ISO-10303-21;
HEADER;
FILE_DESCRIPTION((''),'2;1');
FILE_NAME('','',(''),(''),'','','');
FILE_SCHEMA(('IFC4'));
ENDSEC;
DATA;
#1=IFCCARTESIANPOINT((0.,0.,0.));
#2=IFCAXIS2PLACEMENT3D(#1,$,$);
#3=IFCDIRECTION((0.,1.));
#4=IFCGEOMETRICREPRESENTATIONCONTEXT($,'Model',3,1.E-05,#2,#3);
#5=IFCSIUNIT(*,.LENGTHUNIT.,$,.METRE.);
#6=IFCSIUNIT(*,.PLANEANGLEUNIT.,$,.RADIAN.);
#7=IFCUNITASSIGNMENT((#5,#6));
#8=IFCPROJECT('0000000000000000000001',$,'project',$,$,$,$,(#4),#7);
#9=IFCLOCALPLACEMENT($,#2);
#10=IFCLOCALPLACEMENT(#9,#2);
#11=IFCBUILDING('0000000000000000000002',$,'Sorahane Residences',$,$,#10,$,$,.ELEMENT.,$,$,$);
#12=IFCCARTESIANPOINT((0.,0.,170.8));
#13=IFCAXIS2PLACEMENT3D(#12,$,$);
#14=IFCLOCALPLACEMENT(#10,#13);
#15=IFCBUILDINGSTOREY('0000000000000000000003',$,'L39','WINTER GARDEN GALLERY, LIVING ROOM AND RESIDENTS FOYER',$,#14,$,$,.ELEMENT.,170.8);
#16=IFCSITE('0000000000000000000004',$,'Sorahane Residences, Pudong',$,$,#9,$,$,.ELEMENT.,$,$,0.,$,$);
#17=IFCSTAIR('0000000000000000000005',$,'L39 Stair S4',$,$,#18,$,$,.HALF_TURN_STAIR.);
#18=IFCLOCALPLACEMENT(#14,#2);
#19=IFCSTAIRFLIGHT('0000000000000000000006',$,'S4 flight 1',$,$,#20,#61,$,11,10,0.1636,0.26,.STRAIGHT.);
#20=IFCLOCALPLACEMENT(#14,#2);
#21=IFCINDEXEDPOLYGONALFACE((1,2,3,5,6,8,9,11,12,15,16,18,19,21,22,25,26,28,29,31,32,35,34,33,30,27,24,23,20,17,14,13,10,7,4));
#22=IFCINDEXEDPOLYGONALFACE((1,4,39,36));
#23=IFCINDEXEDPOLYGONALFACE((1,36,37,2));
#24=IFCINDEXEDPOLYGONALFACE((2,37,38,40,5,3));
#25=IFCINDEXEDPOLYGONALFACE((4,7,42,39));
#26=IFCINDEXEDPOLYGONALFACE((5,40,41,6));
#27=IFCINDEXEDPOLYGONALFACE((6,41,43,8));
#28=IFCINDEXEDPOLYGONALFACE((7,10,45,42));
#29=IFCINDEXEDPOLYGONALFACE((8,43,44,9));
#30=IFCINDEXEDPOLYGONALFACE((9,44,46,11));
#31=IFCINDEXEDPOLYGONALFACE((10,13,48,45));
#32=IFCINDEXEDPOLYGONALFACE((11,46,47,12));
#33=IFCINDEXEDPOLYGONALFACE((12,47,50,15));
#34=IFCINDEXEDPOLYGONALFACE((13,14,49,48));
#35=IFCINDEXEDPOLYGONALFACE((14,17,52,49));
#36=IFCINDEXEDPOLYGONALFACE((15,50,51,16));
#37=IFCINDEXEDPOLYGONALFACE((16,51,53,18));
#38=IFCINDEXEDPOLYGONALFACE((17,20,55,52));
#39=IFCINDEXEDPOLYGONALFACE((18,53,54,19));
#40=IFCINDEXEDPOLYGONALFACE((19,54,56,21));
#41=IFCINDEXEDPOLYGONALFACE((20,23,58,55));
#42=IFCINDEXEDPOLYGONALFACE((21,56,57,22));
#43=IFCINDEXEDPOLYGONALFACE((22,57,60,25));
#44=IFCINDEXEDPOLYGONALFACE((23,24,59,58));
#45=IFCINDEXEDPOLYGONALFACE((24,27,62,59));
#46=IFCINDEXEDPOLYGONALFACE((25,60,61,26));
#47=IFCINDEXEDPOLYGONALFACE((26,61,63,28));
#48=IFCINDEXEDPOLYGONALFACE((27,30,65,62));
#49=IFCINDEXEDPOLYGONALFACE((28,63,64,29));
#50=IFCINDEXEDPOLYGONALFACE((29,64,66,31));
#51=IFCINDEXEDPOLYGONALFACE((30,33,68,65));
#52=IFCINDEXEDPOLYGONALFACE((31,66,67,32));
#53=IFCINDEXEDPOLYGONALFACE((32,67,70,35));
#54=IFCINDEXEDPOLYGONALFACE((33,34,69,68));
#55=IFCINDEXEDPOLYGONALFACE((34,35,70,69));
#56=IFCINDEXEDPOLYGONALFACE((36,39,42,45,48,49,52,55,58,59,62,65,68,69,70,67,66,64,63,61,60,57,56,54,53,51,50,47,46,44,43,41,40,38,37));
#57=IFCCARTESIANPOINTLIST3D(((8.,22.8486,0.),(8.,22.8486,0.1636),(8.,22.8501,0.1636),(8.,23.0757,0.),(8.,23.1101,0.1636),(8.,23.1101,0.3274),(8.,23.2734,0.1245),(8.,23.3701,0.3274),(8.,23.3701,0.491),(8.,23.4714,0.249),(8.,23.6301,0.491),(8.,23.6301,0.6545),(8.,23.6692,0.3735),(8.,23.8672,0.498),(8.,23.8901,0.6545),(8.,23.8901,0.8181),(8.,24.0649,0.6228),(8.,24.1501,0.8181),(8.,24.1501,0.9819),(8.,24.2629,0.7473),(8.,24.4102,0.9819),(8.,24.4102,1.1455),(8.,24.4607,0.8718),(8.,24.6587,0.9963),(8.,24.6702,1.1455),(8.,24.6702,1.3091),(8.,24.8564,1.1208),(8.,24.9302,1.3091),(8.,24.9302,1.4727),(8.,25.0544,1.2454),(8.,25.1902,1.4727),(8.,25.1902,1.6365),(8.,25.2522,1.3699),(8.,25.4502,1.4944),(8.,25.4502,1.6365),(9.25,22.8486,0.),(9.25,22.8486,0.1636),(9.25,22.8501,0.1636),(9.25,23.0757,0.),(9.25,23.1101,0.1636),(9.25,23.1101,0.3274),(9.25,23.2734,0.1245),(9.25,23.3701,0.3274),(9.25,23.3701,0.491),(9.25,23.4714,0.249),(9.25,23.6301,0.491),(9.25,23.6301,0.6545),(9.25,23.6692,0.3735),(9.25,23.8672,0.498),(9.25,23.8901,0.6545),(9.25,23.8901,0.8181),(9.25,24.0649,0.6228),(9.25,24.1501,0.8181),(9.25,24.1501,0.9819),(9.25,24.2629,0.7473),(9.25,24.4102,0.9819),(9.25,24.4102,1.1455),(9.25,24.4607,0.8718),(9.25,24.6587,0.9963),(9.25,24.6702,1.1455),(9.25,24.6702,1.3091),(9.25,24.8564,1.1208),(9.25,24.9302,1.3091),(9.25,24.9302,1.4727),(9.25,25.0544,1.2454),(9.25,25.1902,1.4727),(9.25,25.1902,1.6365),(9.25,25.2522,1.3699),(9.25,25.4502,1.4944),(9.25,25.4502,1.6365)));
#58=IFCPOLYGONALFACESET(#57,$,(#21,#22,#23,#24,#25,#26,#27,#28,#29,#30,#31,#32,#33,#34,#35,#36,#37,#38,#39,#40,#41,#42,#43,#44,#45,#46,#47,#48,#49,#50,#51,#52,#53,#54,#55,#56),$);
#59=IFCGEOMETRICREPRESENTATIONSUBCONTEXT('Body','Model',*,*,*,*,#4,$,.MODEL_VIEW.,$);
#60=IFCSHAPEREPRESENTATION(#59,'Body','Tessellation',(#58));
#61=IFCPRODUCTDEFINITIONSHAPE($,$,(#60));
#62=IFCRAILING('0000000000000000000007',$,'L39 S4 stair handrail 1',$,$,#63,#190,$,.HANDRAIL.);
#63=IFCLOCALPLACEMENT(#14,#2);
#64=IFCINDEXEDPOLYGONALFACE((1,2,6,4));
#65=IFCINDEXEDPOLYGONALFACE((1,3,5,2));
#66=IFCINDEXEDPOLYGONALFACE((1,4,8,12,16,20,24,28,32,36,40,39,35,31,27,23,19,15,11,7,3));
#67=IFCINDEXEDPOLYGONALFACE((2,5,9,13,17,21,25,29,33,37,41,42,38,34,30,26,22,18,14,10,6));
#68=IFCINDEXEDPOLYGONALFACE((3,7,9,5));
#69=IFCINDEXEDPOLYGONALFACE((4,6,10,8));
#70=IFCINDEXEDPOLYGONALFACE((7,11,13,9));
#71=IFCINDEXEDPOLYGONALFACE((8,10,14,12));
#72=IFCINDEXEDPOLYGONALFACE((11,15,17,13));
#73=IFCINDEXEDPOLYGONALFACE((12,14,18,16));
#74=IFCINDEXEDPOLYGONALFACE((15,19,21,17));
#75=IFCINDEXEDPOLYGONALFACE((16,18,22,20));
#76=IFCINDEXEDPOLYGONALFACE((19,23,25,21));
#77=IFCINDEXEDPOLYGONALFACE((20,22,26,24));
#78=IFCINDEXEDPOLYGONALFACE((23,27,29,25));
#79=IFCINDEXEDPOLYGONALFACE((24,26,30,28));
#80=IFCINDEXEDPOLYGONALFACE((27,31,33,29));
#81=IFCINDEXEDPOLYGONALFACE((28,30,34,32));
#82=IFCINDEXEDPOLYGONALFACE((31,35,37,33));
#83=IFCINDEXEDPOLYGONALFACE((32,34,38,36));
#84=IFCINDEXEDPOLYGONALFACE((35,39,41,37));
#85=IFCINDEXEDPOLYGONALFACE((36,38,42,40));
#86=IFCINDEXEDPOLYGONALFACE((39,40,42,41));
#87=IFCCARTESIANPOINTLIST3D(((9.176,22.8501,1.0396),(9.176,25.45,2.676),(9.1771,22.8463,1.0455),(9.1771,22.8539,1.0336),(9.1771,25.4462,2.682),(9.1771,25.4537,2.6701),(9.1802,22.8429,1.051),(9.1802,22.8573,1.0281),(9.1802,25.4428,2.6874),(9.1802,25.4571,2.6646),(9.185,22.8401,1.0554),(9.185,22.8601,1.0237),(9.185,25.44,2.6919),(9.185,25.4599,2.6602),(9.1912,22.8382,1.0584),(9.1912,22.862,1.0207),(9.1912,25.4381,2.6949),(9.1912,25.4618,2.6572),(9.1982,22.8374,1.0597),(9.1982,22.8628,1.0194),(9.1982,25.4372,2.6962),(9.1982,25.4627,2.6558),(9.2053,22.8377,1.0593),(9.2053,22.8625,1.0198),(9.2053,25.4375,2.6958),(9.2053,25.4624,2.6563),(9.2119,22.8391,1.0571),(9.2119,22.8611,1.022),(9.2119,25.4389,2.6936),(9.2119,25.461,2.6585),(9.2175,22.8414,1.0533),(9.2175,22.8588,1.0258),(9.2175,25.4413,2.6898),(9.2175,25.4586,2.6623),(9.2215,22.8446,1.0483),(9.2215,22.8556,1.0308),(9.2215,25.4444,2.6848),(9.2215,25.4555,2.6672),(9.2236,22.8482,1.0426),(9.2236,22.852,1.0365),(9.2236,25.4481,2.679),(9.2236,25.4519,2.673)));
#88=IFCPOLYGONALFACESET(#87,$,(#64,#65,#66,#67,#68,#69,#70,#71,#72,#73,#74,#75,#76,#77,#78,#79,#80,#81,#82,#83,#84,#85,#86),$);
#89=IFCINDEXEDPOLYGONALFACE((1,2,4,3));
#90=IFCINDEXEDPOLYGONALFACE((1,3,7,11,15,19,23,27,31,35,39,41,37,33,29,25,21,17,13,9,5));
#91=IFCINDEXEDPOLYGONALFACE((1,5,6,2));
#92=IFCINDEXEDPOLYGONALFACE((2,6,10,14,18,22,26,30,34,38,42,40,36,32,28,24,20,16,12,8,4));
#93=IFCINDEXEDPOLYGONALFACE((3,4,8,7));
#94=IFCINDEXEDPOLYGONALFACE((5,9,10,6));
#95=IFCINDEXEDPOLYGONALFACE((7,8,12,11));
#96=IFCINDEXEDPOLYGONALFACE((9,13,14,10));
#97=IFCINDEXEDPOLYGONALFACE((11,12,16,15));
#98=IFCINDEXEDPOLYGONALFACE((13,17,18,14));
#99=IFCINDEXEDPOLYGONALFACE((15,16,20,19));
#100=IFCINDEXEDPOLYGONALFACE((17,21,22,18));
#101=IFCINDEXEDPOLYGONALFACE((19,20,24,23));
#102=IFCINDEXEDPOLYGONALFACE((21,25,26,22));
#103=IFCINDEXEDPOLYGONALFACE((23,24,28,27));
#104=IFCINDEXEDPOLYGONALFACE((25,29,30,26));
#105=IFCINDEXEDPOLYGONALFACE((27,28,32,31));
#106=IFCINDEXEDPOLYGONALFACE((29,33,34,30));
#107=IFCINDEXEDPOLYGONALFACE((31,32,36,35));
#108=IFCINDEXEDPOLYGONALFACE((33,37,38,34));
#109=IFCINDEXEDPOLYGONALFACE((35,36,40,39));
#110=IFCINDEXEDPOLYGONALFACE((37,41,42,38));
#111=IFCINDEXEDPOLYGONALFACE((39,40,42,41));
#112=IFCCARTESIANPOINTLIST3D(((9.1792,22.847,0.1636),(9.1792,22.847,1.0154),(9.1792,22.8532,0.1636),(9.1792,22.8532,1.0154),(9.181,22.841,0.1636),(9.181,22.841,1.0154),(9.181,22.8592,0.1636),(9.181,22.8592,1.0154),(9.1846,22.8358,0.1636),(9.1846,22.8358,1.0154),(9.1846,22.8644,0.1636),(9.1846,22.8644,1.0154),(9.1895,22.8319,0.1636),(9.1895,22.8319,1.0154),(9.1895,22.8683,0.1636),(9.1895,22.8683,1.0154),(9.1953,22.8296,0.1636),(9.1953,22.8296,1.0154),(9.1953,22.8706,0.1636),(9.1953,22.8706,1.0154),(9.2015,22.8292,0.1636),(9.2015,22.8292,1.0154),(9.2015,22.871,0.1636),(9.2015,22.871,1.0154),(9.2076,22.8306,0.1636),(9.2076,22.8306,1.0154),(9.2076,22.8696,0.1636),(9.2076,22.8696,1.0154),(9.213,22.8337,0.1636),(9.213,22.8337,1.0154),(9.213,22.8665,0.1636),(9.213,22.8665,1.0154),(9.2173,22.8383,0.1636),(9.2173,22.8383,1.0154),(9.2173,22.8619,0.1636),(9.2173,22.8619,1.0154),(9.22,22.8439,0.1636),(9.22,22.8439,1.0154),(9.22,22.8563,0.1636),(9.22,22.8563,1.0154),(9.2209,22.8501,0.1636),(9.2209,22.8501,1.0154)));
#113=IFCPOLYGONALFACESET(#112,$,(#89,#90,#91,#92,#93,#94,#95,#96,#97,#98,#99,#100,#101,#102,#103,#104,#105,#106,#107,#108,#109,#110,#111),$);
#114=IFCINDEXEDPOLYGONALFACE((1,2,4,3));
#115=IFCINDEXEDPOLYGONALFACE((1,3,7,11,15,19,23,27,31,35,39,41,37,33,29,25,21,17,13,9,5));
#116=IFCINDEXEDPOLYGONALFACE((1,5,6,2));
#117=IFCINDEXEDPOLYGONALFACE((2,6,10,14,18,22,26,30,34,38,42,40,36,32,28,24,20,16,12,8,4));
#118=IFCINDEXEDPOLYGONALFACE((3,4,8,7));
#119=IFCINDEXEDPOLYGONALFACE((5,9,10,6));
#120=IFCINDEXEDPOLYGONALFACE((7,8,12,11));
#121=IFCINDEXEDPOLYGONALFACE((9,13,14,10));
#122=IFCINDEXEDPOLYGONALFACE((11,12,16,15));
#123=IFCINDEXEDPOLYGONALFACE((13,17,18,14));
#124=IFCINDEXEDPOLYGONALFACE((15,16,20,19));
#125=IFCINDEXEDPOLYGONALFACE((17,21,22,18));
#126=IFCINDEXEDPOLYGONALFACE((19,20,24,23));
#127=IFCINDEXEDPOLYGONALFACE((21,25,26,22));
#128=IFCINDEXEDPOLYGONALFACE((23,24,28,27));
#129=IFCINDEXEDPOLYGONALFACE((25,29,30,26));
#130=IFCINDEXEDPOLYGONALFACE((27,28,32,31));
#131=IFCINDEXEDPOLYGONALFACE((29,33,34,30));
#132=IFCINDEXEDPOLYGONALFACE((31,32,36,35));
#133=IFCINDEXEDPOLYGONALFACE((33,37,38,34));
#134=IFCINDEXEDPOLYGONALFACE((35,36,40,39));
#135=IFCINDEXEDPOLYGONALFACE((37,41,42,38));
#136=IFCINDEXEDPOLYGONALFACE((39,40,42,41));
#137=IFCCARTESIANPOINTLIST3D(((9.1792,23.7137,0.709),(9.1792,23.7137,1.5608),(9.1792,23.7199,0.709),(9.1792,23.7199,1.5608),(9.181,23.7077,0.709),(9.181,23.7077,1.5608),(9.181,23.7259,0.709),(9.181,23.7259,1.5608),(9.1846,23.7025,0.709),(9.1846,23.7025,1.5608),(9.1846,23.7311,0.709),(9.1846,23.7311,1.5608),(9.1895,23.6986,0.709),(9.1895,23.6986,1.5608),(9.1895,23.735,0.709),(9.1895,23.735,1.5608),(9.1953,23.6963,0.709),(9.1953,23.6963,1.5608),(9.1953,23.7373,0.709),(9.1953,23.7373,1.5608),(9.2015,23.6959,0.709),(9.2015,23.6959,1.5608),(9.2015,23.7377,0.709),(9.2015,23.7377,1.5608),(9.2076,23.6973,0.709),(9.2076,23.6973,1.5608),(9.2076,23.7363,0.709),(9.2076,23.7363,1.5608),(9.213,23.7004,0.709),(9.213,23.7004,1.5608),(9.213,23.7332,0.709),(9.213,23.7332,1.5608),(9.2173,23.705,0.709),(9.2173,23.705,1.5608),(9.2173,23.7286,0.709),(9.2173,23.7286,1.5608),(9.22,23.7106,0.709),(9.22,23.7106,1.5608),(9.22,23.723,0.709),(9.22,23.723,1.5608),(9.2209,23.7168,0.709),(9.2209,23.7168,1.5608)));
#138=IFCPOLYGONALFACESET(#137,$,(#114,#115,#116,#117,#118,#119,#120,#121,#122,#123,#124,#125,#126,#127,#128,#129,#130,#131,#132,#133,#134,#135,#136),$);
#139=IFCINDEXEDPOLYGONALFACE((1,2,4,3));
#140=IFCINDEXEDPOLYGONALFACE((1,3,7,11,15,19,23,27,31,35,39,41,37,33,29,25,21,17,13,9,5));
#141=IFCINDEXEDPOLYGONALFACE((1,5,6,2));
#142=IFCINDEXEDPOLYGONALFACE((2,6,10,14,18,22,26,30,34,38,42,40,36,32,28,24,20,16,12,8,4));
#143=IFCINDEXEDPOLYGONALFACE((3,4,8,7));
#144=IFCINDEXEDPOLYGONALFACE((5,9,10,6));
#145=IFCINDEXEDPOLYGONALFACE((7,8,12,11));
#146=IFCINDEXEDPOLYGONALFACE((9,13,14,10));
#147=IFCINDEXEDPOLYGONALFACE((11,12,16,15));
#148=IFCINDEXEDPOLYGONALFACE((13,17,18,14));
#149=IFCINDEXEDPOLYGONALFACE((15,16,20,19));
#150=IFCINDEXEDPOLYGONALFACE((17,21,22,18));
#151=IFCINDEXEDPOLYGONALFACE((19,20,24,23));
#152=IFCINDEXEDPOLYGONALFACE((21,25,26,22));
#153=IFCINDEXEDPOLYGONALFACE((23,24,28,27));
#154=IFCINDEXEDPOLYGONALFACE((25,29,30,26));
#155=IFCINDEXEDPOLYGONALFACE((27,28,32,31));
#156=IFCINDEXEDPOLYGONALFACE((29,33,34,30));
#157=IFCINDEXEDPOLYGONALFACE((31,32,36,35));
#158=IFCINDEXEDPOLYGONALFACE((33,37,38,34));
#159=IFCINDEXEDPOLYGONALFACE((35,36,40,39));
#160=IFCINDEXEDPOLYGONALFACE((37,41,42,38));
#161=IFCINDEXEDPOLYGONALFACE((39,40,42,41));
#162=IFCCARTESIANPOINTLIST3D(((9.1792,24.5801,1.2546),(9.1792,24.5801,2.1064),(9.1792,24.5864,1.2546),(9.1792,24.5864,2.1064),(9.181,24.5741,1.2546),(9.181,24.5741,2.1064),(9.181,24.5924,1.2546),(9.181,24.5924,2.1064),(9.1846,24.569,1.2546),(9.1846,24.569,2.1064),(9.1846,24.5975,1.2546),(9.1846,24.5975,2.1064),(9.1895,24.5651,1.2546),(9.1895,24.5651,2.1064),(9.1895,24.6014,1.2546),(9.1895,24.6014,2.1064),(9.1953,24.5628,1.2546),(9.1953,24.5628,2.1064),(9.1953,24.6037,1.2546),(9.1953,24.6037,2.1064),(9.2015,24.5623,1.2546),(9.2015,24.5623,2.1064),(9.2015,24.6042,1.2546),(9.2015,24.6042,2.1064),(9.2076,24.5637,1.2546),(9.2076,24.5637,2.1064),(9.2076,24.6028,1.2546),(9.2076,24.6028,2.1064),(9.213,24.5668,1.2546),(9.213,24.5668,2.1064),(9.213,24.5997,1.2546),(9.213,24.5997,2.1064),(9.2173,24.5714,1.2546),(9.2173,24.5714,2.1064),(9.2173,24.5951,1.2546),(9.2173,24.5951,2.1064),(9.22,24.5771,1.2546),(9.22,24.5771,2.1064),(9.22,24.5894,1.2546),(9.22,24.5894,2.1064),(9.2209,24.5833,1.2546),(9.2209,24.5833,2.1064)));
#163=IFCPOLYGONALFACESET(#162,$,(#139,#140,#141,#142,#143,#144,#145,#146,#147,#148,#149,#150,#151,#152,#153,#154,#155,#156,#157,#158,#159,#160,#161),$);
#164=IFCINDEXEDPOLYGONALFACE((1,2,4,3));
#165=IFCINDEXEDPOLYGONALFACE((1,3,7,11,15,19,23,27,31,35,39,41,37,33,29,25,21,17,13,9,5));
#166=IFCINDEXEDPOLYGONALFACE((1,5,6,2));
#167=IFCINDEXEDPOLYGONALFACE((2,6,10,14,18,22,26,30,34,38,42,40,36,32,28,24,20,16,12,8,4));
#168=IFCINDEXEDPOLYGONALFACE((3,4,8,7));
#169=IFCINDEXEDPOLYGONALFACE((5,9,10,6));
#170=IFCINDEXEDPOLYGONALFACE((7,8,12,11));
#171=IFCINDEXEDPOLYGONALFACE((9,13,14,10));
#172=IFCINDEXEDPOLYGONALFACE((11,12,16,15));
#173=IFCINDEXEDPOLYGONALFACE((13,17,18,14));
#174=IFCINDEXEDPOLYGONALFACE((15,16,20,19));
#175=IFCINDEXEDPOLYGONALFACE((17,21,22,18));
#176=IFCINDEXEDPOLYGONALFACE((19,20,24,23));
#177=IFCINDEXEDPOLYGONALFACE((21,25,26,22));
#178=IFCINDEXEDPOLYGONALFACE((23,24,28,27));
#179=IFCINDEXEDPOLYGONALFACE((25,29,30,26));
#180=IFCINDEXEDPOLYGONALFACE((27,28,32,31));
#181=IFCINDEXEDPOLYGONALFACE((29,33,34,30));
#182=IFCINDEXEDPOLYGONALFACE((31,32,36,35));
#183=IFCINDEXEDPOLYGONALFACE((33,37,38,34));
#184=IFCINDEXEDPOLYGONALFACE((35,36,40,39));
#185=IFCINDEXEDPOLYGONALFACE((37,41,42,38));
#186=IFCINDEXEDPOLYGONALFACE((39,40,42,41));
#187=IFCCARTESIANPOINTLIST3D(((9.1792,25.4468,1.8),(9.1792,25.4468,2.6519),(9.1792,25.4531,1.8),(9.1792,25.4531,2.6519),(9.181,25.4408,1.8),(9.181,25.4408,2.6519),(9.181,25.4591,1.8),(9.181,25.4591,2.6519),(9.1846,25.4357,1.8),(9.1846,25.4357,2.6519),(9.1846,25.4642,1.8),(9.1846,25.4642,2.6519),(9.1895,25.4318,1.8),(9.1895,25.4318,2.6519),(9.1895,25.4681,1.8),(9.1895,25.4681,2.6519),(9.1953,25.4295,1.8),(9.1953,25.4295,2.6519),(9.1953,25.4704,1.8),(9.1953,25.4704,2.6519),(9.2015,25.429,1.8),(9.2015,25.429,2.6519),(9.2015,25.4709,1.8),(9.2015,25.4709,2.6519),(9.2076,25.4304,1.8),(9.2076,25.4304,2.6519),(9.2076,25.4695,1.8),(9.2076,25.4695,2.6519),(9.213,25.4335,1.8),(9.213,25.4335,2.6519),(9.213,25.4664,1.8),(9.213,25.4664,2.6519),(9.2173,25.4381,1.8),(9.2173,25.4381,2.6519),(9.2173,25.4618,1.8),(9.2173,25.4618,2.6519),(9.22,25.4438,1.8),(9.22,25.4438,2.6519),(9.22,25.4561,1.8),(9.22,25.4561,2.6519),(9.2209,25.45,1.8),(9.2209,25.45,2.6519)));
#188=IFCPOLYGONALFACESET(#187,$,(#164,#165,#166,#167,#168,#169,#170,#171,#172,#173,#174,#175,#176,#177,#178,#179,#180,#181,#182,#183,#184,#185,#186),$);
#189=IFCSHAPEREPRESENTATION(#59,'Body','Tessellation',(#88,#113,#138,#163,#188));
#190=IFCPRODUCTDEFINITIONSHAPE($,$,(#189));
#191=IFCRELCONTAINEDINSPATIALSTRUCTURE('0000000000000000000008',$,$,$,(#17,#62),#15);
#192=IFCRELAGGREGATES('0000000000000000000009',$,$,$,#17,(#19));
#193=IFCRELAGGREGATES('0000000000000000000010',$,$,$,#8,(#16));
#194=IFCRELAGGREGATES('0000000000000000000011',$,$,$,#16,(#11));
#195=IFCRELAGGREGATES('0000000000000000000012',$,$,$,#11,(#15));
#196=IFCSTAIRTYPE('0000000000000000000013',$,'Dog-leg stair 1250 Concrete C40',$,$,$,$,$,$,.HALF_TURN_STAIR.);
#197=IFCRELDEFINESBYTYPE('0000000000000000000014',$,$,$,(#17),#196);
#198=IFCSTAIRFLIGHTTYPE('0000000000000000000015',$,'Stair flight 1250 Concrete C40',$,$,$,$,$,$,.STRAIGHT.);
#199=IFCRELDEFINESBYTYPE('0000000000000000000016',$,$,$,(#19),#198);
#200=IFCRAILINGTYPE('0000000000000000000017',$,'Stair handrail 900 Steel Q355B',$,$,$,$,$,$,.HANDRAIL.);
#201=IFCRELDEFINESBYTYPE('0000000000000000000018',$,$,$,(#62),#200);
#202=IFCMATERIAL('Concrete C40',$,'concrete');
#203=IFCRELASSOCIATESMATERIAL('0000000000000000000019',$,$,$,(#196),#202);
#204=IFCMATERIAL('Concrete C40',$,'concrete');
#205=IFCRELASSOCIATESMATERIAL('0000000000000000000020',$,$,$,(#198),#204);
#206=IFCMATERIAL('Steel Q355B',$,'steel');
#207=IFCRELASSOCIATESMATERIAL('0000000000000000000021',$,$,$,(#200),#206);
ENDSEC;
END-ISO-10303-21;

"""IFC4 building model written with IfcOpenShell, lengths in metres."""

from ifc_helpers import new_model, si_unit, direction, frame, origin, origin_2d, place, context, subcontext, project, spatial, polyline, circle, outline, extrude, material, type_object, element, aggregate, save


model = new_model("IFC4")

# Units and contexts
model_context = context("Model", 3, precision=1e-05, world=origin(), true_north=direction((0.0, 1.0)))
body_context = subcontext(model_context, "Body", "Model", "MODEL_VIEW")
ifc_project = project(units=[si_unit("LENGTHUNIT", "METRE"), si_unit("PLANEANGLEUNIT", "RADIAN")], contexts=[model_context])

# Site, building, storey
site_placement = place(None, origin())
site = spatial("IfcSite", under=ifc_project, at=site_placement, Name="Sorahane Residences, Pudong", CompositionType="ELEMENT", RefElevation=0.0)
building_placement = place(site_placement, origin())
building = spatial("IfcBuilding", under=site, at=building_placement, Name="Sorahane Residences", CompositionType="ELEMENT")
storey_placement = place(building_placement, frame((0.0, 0.0, 170.8)))
storey = spatial("IfcBuildingStorey", under=building, at=storey_placement, Name="L39", Description="WINTER GARDEN GALLERY, LIVING ROOM AND RESIDENTS FOYER", CompositionType="ELEMENT", Elevation=170.8)

# Stair, stair flight
ifc_material_1 = material(Name="Concrete C40", Category="concrete")
stair_type = type_object("IfcStairType", Name="Dog-leg stair 1250 Concrete C40", PredefinedType="HALF_TURN_STAIR", material=ifc_material_1)
stair_placement = place(storey_placement, origin())
stair = element("IfcStair", 1, at=stair_placement, inside=storey, type_object=stair_type, Name="L39 Stair S4", PredefinedType="HALF_TURN_STAIR")
ifc_material_2 = material(Name="Concrete C40", Category="concrete")
stair_flight_type = type_object("IfcStairFlightType", Name="Stair flight 1250 Concrete C40", PredefinedType="STRAIGHT", material=ifc_material_2)
stair_flight_placement = place(storey_placement, frame((8.625, 22.8501, 0.0), z_axis=(0.0, 0.0, 1.0), x_axis=(0.0, 1.0, 0.0)))
stair_flight = element("IfcStairFlight", 2, at=stair_flight_placement, type_object=stair_flight_type, Name="S4 flight 1", NumberOfRisers=11, NumberOfTreads=10, PredefinedType="STRAIGHT", RiserHeight=0.1636, TreadLength=0.26, context=body_context, shape_type="SweptSolid", body=[
    extrude(outline(polyline([(-0.0015, 0.0), (-0.0015, 0.1636), (0.0, 0.1636), (0.26, 0.1636), (0.26, 0.3274), (0.52, 0.3274), (0.52, 0.491), (0.78, 0.491), (0.78, 0.6545), (1.04, 0.6545), (1.04, 0.8181), (1.3, 0.8181), (1.3, 0.9819), (1.5601, 0.9819), (1.5601, 1.1455), (1.8201, 1.1455), (1.8201, 1.3091), (2.0801, 1.3091), (2.0801, 1.4727), (2.3401, 1.4727), (2.3401, 1.6365), (2.6001, 1.6365), (2.6001, 1.8), (2.6001, 1.4944), (2.4021, 1.3699), (2.2043, 1.2454), (2.0063, 1.1208), (1.8086, 0.9963), (1.6106, 0.8718), (1.4128, 0.7473), (1.2148, 0.6228), (1.0171, 0.498), (0.8191, 0.3735), (0.6213, 0.249), (0.4233, 0.1245), (0.2256, 0.0), (-0.0015, 0.0)])), frame((0.0, 0.625, 0.0), z_axis=(0.0, -1.0, 0.0), x_axis=(1.0, 0.0, 0.0)), (0.0, 0.0, 1.0), 1.25),
])
aggregate(stair, [stair_flight])

# Railing
ifc_material_3 = material(Name="Steel Q355B", Category="steel")
railing_type_1 = type_object("IfcRailingType", Name="Stair handrail 900 Steel Q355B", PredefinedType="HANDRAIL", material=ifc_material_3)
railing_1_placement = place(storey_placement, frame((9.2, 22.8501, 0.1636)))
element("IfcRailing", 3, at=railing_1_placement, inside=storey, type_object=railing_type_1, Name="L39 S4 stair handrail 1", PredefinedType="HANDRAIL", context=body_context, shape_type="SweptSolid", body=[
    extrude(circle(Radius=0.0239, at=origin_2d()), frame((0.0, 0.0, 0.876), z_axis=(0.0, 0.846302, 0.532704), x_axis=(-1.0, 0.0, 0.0)), (0.0, 0.0, 1.0), 3.072),
    extrude(circle(Radius=0.021, at=origin_2d()), origin(), (0.0, 0.0, 1.0), 0.8518),
    extrude(circle(Radius=0.021, at=origin_2d()), frame((0.0, 0.8667, 0.5454)), (0.0, 0.0, 1.0), 0.8518),
    extrude(circle(Radius=0.021, at=origin_2d()), frame((0.0, 1.7332, 1.0911)), (0.0, 0.0, 1.0), 0.8518),
    extrude(circle(Radius=0.021, at=origin_2d()), frame((0.0, 2.5999, 1.6365)), (0.0, 0.0, 1.0), 0.8518),
])

save(model, "model.ifc")
